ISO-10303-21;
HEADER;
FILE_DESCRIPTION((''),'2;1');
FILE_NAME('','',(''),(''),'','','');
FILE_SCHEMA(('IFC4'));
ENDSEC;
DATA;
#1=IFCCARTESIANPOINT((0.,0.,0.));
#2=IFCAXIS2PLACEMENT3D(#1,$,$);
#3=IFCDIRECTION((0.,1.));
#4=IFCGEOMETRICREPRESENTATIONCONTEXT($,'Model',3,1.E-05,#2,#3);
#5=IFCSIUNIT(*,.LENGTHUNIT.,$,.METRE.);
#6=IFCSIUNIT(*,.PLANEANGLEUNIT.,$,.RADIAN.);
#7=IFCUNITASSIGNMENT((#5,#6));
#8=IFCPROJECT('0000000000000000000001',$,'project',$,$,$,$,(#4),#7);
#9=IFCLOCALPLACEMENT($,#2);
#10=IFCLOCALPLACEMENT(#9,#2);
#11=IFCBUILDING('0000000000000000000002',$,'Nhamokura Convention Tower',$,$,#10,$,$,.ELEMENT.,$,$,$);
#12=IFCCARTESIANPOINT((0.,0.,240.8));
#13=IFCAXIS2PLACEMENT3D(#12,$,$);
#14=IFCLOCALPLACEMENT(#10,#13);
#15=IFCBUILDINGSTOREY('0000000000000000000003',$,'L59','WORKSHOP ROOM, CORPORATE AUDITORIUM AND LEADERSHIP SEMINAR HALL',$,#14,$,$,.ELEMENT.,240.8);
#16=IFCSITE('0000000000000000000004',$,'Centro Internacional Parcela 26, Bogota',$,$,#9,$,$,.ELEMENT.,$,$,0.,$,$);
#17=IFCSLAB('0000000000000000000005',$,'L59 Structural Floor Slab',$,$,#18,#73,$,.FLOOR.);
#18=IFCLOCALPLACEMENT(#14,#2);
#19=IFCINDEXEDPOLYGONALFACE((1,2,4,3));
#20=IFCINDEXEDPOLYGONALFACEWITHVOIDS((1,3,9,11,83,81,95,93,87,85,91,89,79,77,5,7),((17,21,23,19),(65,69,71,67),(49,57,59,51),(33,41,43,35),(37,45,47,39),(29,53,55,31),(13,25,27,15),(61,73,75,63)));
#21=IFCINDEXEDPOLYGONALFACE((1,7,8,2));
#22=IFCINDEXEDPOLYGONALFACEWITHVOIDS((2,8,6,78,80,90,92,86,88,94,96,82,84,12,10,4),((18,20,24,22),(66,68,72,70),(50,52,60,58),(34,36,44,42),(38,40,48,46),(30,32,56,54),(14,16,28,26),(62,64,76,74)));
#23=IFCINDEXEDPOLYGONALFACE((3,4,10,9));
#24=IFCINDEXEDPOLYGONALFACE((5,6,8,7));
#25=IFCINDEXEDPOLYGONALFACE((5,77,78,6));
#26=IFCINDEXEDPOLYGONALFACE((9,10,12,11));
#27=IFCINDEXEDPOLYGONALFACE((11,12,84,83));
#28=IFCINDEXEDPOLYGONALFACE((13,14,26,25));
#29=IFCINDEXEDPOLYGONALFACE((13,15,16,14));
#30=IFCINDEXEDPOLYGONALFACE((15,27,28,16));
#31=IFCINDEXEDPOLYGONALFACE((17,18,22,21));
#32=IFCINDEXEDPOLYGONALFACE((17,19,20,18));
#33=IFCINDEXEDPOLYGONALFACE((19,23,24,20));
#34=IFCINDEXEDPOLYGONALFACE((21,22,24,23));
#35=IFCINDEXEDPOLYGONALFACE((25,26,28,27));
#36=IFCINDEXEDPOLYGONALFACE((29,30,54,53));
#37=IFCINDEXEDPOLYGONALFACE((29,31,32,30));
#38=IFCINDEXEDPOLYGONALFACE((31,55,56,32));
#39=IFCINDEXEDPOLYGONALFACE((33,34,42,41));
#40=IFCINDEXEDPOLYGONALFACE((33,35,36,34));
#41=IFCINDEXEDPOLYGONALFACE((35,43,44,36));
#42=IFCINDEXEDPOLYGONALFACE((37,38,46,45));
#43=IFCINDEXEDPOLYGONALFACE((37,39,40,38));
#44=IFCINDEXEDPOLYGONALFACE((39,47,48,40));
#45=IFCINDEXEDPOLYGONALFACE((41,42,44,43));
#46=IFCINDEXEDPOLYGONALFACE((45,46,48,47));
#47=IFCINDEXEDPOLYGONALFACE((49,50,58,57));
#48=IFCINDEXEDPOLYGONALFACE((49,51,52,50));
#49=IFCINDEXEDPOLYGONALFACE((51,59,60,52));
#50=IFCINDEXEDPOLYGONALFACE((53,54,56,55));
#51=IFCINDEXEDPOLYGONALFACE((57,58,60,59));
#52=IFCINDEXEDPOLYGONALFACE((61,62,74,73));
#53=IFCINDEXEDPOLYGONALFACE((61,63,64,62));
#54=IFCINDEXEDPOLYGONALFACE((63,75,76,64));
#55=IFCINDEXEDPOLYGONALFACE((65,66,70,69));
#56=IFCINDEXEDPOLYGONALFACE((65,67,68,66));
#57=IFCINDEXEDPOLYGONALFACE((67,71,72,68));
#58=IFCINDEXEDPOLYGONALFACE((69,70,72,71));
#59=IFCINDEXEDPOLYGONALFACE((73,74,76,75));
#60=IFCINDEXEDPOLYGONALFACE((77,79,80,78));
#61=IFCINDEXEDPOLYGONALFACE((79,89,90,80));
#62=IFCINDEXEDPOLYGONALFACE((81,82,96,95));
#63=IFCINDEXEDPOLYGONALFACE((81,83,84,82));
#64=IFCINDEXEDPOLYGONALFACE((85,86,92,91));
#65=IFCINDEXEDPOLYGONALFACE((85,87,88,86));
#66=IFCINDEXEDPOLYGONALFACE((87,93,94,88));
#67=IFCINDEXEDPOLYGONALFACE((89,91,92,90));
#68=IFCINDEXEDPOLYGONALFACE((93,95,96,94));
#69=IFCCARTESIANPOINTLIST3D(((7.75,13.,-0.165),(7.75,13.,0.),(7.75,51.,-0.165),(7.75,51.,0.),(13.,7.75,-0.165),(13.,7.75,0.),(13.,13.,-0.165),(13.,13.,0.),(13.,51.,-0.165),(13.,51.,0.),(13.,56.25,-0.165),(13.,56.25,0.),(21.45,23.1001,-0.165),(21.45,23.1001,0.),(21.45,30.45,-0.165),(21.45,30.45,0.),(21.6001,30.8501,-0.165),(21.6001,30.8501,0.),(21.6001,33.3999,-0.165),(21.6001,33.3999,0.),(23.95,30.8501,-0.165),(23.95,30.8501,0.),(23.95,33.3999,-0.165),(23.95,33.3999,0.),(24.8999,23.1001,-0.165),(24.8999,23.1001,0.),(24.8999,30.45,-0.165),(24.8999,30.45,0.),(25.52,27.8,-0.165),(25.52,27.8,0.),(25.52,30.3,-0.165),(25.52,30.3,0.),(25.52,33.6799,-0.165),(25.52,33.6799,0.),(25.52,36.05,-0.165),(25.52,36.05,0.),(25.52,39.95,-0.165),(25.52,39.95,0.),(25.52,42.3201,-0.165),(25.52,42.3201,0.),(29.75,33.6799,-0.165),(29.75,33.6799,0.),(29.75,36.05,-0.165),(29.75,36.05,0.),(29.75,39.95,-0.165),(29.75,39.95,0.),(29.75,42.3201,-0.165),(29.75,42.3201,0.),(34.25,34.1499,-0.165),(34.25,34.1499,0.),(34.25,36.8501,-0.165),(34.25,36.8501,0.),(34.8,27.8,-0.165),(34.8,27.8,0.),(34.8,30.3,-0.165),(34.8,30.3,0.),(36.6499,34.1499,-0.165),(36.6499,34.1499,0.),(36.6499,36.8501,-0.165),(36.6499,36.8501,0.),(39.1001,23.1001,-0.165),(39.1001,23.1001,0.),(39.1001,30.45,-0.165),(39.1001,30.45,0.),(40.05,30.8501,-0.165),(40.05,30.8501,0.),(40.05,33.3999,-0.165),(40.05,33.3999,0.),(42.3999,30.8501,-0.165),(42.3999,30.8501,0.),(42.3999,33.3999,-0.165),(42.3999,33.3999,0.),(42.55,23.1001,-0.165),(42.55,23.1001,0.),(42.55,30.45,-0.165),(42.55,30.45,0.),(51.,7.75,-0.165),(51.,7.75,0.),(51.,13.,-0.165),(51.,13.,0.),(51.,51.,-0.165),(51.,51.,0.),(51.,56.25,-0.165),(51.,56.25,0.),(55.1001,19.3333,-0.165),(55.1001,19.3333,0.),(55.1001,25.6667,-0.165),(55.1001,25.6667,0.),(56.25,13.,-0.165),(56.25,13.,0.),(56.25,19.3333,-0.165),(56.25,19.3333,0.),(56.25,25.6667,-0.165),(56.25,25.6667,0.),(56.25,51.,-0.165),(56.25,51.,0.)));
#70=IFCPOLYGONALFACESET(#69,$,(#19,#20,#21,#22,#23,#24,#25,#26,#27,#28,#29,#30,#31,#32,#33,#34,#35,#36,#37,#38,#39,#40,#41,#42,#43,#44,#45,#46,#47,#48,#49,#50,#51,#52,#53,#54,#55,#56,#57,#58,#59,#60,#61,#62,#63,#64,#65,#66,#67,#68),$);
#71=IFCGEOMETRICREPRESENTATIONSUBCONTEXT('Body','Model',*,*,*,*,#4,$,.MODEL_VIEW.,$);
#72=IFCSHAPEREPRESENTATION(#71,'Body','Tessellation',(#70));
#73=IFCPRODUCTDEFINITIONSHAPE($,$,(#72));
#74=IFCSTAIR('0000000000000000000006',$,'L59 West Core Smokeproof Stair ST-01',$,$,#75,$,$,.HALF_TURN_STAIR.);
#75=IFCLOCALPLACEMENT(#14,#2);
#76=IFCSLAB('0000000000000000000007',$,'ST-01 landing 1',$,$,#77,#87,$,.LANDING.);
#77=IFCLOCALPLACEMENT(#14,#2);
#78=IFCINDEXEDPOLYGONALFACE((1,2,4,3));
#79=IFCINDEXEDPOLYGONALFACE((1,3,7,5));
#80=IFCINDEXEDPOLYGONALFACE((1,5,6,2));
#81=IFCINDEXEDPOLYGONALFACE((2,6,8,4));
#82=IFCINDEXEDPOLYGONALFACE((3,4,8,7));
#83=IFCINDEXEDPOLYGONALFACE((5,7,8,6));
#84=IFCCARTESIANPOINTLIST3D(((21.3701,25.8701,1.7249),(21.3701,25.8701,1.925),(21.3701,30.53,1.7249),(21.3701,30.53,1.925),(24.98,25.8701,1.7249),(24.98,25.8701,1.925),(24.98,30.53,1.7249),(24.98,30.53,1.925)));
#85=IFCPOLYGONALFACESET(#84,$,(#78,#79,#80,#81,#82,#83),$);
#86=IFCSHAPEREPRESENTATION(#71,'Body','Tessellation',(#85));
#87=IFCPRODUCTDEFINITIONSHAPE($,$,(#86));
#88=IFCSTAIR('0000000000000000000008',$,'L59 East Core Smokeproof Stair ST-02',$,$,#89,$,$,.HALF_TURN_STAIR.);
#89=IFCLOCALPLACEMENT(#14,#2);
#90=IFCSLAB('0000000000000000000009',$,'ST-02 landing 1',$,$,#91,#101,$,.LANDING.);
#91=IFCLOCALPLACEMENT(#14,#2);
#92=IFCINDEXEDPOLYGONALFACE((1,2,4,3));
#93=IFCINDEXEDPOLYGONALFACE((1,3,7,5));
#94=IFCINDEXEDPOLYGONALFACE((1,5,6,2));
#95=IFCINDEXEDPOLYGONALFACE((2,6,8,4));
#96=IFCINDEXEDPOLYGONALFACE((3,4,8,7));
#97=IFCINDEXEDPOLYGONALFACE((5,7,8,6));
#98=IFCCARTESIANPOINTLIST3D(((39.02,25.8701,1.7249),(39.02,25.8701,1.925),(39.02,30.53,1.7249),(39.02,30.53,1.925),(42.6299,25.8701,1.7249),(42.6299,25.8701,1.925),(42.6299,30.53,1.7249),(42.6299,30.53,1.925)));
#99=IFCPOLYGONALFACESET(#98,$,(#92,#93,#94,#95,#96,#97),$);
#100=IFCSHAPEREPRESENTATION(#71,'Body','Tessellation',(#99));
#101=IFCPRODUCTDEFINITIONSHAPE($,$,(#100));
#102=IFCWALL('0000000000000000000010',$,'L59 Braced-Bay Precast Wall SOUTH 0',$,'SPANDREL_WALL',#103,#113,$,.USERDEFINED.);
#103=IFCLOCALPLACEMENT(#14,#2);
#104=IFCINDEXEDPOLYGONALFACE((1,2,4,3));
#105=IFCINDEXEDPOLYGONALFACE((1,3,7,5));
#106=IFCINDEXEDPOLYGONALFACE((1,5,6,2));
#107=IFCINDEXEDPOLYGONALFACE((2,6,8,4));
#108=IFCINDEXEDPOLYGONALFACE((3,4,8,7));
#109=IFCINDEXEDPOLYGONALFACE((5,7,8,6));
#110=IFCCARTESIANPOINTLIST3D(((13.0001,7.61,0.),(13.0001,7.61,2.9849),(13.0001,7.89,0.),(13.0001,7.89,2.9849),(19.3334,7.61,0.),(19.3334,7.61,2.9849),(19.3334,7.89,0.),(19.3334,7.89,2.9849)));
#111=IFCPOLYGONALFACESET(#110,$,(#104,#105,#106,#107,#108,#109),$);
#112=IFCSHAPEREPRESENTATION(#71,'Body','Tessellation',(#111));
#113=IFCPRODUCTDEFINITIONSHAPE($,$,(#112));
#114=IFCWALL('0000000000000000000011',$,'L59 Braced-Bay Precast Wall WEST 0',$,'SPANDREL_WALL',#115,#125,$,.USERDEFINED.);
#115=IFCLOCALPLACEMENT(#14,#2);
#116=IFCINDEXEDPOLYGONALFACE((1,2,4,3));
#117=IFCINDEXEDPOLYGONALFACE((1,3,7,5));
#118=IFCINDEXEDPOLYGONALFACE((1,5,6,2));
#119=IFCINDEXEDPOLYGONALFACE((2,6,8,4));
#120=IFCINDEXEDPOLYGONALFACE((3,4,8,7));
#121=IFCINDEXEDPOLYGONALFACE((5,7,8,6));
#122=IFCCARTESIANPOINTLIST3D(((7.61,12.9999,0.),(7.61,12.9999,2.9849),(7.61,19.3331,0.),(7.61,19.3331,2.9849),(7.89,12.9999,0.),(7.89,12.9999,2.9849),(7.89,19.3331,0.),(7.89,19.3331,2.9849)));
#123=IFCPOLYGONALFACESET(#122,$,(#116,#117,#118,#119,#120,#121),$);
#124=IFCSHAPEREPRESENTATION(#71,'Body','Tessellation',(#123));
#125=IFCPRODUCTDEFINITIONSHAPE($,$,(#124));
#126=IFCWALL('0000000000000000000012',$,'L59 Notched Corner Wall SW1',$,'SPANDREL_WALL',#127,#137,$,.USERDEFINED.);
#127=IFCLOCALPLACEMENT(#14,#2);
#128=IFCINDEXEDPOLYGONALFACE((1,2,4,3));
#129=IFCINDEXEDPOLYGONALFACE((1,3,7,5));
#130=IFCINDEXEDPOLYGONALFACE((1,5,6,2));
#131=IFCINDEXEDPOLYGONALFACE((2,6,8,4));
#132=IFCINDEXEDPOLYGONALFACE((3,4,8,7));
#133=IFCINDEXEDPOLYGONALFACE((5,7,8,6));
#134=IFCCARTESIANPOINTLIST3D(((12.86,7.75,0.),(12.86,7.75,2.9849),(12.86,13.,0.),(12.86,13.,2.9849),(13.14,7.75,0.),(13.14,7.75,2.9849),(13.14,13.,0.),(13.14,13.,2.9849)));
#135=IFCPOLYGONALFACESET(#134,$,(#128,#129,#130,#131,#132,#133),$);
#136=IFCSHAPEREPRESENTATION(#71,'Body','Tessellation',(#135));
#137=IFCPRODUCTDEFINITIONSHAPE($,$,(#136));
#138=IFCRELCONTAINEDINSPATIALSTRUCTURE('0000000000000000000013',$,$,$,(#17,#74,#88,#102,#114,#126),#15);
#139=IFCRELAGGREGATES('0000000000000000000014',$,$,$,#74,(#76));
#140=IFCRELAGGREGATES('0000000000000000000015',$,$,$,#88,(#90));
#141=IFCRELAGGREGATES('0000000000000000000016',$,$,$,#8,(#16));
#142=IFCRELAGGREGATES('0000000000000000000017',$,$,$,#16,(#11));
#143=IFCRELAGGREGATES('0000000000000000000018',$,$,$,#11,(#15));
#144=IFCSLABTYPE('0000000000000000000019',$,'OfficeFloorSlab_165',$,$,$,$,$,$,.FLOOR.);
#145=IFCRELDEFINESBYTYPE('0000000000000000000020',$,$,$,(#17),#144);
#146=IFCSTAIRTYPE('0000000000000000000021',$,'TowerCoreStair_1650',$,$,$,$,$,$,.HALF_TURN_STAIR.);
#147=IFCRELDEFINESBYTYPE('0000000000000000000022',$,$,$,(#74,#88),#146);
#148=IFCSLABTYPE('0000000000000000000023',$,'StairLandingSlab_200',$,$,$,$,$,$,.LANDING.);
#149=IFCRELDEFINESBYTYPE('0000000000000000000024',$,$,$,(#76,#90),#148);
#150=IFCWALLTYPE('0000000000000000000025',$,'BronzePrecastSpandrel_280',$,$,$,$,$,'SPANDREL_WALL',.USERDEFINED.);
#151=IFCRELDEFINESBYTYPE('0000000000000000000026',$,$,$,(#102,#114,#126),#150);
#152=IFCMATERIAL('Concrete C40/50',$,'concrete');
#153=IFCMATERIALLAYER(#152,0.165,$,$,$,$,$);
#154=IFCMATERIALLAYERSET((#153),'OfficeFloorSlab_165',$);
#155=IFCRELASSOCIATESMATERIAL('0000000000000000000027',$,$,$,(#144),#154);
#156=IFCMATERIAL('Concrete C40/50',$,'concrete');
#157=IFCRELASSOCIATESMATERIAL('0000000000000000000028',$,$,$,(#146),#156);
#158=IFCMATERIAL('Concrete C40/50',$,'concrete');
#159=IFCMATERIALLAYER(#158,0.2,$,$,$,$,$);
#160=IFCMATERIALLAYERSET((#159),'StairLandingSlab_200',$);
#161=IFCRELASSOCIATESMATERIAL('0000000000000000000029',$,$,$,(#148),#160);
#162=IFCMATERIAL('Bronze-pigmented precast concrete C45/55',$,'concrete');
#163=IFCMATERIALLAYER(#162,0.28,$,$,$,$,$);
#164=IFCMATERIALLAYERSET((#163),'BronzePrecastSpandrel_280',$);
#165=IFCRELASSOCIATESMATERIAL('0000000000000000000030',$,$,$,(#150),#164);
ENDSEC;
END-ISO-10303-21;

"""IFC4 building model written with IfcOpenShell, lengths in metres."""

from ifc_helpers import new_model, si_unit, direction, frame, frame_2d, origin, place, context, subcontext, project, spatial, polyline, rectangle, outline, extrude, material, layer, layer_set, type_object, element, aggregate, save


model = new_model("IFC4")

# Units and contexts
model_context = context("Model", 3, precision=1e-05, world=origin(), true_north=direction((0.0, 1.0)))
body_context = subcontext(model_context, "Body", "Model", "MODEL_VIEW")
ifc_project = project(units=[si_unit("LENGTHUNIT", "METRE"), si_unit("PLANEANGLEUNIT", "RADIAN")], contexts=[model_context])

# Site, building, storey
site_placement = place(None, origin())
site = spatial("IfcSite", under=ifc_project, at=site_placement, Name="Centro Internacional Parcela 26, Bogota", CompositionType="ELEMENT", RefElevation=0.0)
building_placement = place(site_placement, origin())
building = spatial("IfcBuilding", under=site, at=building_placement, Name="Nhamokura Convention Tower", CompositionType="ELEMENT")
storey_placement = place(building_placement, frame((0.0, 0.0, 240.8)))
storey = spatial("IfcBuildingStorey", under=building, at=storey_placement, Name="L59", Description="WORKSHOP ROOM, CORPORATE AUDITORIUM AND LEADERSHIP SEMINAR HALL", CompositionType="ELEMENT", Elevation=240.8)

# Slab
ifc_material_1 = material(Name="Concrete C40/50", Category="concrete")
ifc_layer_1 = layer(ifc_material_1, 0.165)
ifc_layer_set_1 = layer_set([ifc_layer_1], Name="OfficeFloorSlab_165")
slab_type_1 = type_object("IfcSlabType", Name="OfficeFloorSlab_165", PredefinedType="FLOOR", material=ifc_layer_set_1)
slab_1_placement = place(storey_placement, frame((0.0, 0.0, -0.165)))
element("IfcSlab", 1, at=slab_1_placement, inside=storey, type_object=slab_type_1, Name="L59 Structural Floor Slab", PredefinedType="FLOOR", context=body_context, shape_type="SweptSolid", body=[
    extrude(outline(polyline([(13.0, 7.75), (51.0, 7.75), (51.0, 13.0), (56.25, 13.0), (56.25, 19.3333), (55.1001, 19.3333), (55.1001, 25.6667), (56.25, 25.6667), (56.25, 51.0), (51.0, 51.0), (51.0, 56.25), (13.0, 56.25), (13.0, 51.0), (7.75, 51.0), (7.75, 13.0), (13.0, 13.0), (13.0, 7.75)]), holes=[polyline([(24.8999, 23.1001), (24.8999, 30.45), (21.45, 30.45), (21.45, 23.1001), (24.8999, 23.1001)]), polyline([(42.55, 23.1001), (42.55, 30.45), (39.1001, 30.45), (39.1001, 23.1001), (42.55, 23.1001)]), polyline([(21.6001, 30.8501), (23.95, 30.8501), (23.95, 33.3999), (21.6001, 33.3999), (21.6001, 30.8501)]), polyline([(40.05, 30.8501), (42.3999, 30.8501), (42.3999, 33.3999), (40.05, 33.3999), (40.05, 30.8501)]), polyline([(34.25, 34.1499), (36.6499, 34.1499), (36.6499, 36.8501), (34.25, 36.8501), (34.25, 34.1499)]), polyline([(25.52, 27.8), (34.8, 27.8), (34.8, 30.3), (25.52, 30.3), (25.52, 27.8)]), polyline([(25.52, 33.6799), (29.75, 33.6799), (29.75, 36.05), (25.52, 36.05), (25.52, 33.6799)]), polyline([(25.52, 39.95), (29.75, 39.95), (29.75, 42.3201), (25.52, 42.3201), (25.52, 39.95)])]), origin(), (0.0, 0.0, 1.0), 0.165),
])

# Stairs, slabs
ifc_material_2 = material(Name="Concrete C40/50", Category="concrete")
stair_type = type_object("IfcStairType", Name="TowerCoreStair_1650", PredefinedType="HALF_TURN_STAIR", material=ifc_material_2)
stair_1_placement = place(storey_placement, origin())
stair_1 = element("IfcStair", 2, at=stair_1_placement, inside=storey, type_object=stair_type, Name="L59 West Core Smokeproof Stair ST-01", PredefinedType="HALF_TURN_STAIR")
ifc_material_3 = material(Name="Concrete C40/50", Category="concrete")
ifc_layer_2 = layer(ifc_material_3, 0.2)
ifc_layer_set_2 = layer_set([ifc_layer_2], Name="StairLandingSlab_200")
slab_type_2 = type_object("IfcSlabType", Name="StairLandingSlab_200", PredefinedType="LANDING", material=ifc_layer_set_2)
slab_2_placement = place(storey_placement, frame((0.0, 0.0, 1.7249)))
slab_2 = element("IfcSlab", 3, at=slab_2_placement, type_object=slab_type_2, Name="ST-01 landing 1", PredefinedType="LANDING", context=body_context, shape_type="SweptSolid", body=[
    extrude(outline(polyline([(24.98, 25.8701), (24.98, 30.53), (21.3701, 30.53), (21.3701, 25.8701), (24.98, 25.8701)])), origin(), (0.0, 0.0, 1.0), 0.2002),
])
aggregate(stair_1, [slab_2])
stair_2_placement = place(storey_placement, origin())
stair_2 = element("IfcStair", 4, at=stair_2_placement, inside=storey, type_object=stair_type, Name="L59 East Core Smokeproof Stair ST-02", PredefinedType="HALF_TURN_STAIR")
slab_3_placement = place(storey_placement, frame((0.0, 0.0, 1.7249)))
slab_3 = element("IfcSlab", 5, at=slab_3_placement, type_object=slab_type_2, Name="ST-02 landing 1", PredefinedType="LANDING", context=body_context, shape_type="SweptSolid", body=[
    extrude(outline(polyline([(42.6299, 25.8701), (42.6299, 30.53), (39.02, 30.53), (39.02, 25.8701), (42.6299, 25.8701)])), origin(), (0.0, 0.0, 1.0), 0.2002),
])
aggregate(stair_2, [slab_3])

# Walls
ifc_material_4 = material(Name="Bronze-pigmented precast concrete C45/55", Category="concrete")
ifc_layer_3 = layer(ifc_material_4, 0.28)
ifc_layer_set_3 = layer_set([ifc_layer_3], Name="BronzePrecastSpandrel_280")
wall_type = type_object("IfcWallType", Name="BronzePrecastSpandrel_280", ElementType="SPANDREL_WALL", PredefinedType="USERDEFINED", material=ifc_layer_set_3)
for number, where, z_axis, x_axis, name in (
    (6, (19.3333, 7.75, 0.0), (0.0, 0.0, 1.0), (-1.0, 0.0, 0.0), "L59 Braced-Bay Precast Wall SOUTH 0"),
    (7, (7.75, 13.0, 0.0), (0.0, 0.0, 1.0), (0.0, 1.0, 0.0), "L59 Braced-Bay Precast Wall WEST 0"),
):
    element("IfcWall", number, at=place(storey_placement, frame(where, z_axis=z_axis, x_axis=x_axis)), inside=storey, type_object=wall_type, Name=name, ObjectType="SPANDREL_WALL", PredefinedType="USERDEFINED", context=body_context, shape_type="SweptSolid", body=[
        extrude(rectangle(XDim=6.3333, YDim=0.28, at=frame_2d((3.1665, 0.0))), origin(), (0.0, 0.0, 1.0), 2.9849),
    ])
wall_placement = place(storey_placement, frame((13.0, 7.75, 0.0), z_axis=(0.0, 0.0, 1.0), x_axis=(0.0, 1.0, 0.0)))
element("IfcWall", 8, at=wall_placement, inside=storey, type_object=wall_type, Name="L59 Notched Corner Wall SW1", ObjectType="SPANDREL_WALL", PredefinedType="USERDEFINED", context=body_context, shape_type="SweptSolid", body=[
    extrude(rectangle(XDim=5.25, YDim=0.28, at=frame_2d((2.625, 0.0))), origin(), (0.0, 0.0, 1.0), 2.9849),
])

save(model, "model.ifc")
